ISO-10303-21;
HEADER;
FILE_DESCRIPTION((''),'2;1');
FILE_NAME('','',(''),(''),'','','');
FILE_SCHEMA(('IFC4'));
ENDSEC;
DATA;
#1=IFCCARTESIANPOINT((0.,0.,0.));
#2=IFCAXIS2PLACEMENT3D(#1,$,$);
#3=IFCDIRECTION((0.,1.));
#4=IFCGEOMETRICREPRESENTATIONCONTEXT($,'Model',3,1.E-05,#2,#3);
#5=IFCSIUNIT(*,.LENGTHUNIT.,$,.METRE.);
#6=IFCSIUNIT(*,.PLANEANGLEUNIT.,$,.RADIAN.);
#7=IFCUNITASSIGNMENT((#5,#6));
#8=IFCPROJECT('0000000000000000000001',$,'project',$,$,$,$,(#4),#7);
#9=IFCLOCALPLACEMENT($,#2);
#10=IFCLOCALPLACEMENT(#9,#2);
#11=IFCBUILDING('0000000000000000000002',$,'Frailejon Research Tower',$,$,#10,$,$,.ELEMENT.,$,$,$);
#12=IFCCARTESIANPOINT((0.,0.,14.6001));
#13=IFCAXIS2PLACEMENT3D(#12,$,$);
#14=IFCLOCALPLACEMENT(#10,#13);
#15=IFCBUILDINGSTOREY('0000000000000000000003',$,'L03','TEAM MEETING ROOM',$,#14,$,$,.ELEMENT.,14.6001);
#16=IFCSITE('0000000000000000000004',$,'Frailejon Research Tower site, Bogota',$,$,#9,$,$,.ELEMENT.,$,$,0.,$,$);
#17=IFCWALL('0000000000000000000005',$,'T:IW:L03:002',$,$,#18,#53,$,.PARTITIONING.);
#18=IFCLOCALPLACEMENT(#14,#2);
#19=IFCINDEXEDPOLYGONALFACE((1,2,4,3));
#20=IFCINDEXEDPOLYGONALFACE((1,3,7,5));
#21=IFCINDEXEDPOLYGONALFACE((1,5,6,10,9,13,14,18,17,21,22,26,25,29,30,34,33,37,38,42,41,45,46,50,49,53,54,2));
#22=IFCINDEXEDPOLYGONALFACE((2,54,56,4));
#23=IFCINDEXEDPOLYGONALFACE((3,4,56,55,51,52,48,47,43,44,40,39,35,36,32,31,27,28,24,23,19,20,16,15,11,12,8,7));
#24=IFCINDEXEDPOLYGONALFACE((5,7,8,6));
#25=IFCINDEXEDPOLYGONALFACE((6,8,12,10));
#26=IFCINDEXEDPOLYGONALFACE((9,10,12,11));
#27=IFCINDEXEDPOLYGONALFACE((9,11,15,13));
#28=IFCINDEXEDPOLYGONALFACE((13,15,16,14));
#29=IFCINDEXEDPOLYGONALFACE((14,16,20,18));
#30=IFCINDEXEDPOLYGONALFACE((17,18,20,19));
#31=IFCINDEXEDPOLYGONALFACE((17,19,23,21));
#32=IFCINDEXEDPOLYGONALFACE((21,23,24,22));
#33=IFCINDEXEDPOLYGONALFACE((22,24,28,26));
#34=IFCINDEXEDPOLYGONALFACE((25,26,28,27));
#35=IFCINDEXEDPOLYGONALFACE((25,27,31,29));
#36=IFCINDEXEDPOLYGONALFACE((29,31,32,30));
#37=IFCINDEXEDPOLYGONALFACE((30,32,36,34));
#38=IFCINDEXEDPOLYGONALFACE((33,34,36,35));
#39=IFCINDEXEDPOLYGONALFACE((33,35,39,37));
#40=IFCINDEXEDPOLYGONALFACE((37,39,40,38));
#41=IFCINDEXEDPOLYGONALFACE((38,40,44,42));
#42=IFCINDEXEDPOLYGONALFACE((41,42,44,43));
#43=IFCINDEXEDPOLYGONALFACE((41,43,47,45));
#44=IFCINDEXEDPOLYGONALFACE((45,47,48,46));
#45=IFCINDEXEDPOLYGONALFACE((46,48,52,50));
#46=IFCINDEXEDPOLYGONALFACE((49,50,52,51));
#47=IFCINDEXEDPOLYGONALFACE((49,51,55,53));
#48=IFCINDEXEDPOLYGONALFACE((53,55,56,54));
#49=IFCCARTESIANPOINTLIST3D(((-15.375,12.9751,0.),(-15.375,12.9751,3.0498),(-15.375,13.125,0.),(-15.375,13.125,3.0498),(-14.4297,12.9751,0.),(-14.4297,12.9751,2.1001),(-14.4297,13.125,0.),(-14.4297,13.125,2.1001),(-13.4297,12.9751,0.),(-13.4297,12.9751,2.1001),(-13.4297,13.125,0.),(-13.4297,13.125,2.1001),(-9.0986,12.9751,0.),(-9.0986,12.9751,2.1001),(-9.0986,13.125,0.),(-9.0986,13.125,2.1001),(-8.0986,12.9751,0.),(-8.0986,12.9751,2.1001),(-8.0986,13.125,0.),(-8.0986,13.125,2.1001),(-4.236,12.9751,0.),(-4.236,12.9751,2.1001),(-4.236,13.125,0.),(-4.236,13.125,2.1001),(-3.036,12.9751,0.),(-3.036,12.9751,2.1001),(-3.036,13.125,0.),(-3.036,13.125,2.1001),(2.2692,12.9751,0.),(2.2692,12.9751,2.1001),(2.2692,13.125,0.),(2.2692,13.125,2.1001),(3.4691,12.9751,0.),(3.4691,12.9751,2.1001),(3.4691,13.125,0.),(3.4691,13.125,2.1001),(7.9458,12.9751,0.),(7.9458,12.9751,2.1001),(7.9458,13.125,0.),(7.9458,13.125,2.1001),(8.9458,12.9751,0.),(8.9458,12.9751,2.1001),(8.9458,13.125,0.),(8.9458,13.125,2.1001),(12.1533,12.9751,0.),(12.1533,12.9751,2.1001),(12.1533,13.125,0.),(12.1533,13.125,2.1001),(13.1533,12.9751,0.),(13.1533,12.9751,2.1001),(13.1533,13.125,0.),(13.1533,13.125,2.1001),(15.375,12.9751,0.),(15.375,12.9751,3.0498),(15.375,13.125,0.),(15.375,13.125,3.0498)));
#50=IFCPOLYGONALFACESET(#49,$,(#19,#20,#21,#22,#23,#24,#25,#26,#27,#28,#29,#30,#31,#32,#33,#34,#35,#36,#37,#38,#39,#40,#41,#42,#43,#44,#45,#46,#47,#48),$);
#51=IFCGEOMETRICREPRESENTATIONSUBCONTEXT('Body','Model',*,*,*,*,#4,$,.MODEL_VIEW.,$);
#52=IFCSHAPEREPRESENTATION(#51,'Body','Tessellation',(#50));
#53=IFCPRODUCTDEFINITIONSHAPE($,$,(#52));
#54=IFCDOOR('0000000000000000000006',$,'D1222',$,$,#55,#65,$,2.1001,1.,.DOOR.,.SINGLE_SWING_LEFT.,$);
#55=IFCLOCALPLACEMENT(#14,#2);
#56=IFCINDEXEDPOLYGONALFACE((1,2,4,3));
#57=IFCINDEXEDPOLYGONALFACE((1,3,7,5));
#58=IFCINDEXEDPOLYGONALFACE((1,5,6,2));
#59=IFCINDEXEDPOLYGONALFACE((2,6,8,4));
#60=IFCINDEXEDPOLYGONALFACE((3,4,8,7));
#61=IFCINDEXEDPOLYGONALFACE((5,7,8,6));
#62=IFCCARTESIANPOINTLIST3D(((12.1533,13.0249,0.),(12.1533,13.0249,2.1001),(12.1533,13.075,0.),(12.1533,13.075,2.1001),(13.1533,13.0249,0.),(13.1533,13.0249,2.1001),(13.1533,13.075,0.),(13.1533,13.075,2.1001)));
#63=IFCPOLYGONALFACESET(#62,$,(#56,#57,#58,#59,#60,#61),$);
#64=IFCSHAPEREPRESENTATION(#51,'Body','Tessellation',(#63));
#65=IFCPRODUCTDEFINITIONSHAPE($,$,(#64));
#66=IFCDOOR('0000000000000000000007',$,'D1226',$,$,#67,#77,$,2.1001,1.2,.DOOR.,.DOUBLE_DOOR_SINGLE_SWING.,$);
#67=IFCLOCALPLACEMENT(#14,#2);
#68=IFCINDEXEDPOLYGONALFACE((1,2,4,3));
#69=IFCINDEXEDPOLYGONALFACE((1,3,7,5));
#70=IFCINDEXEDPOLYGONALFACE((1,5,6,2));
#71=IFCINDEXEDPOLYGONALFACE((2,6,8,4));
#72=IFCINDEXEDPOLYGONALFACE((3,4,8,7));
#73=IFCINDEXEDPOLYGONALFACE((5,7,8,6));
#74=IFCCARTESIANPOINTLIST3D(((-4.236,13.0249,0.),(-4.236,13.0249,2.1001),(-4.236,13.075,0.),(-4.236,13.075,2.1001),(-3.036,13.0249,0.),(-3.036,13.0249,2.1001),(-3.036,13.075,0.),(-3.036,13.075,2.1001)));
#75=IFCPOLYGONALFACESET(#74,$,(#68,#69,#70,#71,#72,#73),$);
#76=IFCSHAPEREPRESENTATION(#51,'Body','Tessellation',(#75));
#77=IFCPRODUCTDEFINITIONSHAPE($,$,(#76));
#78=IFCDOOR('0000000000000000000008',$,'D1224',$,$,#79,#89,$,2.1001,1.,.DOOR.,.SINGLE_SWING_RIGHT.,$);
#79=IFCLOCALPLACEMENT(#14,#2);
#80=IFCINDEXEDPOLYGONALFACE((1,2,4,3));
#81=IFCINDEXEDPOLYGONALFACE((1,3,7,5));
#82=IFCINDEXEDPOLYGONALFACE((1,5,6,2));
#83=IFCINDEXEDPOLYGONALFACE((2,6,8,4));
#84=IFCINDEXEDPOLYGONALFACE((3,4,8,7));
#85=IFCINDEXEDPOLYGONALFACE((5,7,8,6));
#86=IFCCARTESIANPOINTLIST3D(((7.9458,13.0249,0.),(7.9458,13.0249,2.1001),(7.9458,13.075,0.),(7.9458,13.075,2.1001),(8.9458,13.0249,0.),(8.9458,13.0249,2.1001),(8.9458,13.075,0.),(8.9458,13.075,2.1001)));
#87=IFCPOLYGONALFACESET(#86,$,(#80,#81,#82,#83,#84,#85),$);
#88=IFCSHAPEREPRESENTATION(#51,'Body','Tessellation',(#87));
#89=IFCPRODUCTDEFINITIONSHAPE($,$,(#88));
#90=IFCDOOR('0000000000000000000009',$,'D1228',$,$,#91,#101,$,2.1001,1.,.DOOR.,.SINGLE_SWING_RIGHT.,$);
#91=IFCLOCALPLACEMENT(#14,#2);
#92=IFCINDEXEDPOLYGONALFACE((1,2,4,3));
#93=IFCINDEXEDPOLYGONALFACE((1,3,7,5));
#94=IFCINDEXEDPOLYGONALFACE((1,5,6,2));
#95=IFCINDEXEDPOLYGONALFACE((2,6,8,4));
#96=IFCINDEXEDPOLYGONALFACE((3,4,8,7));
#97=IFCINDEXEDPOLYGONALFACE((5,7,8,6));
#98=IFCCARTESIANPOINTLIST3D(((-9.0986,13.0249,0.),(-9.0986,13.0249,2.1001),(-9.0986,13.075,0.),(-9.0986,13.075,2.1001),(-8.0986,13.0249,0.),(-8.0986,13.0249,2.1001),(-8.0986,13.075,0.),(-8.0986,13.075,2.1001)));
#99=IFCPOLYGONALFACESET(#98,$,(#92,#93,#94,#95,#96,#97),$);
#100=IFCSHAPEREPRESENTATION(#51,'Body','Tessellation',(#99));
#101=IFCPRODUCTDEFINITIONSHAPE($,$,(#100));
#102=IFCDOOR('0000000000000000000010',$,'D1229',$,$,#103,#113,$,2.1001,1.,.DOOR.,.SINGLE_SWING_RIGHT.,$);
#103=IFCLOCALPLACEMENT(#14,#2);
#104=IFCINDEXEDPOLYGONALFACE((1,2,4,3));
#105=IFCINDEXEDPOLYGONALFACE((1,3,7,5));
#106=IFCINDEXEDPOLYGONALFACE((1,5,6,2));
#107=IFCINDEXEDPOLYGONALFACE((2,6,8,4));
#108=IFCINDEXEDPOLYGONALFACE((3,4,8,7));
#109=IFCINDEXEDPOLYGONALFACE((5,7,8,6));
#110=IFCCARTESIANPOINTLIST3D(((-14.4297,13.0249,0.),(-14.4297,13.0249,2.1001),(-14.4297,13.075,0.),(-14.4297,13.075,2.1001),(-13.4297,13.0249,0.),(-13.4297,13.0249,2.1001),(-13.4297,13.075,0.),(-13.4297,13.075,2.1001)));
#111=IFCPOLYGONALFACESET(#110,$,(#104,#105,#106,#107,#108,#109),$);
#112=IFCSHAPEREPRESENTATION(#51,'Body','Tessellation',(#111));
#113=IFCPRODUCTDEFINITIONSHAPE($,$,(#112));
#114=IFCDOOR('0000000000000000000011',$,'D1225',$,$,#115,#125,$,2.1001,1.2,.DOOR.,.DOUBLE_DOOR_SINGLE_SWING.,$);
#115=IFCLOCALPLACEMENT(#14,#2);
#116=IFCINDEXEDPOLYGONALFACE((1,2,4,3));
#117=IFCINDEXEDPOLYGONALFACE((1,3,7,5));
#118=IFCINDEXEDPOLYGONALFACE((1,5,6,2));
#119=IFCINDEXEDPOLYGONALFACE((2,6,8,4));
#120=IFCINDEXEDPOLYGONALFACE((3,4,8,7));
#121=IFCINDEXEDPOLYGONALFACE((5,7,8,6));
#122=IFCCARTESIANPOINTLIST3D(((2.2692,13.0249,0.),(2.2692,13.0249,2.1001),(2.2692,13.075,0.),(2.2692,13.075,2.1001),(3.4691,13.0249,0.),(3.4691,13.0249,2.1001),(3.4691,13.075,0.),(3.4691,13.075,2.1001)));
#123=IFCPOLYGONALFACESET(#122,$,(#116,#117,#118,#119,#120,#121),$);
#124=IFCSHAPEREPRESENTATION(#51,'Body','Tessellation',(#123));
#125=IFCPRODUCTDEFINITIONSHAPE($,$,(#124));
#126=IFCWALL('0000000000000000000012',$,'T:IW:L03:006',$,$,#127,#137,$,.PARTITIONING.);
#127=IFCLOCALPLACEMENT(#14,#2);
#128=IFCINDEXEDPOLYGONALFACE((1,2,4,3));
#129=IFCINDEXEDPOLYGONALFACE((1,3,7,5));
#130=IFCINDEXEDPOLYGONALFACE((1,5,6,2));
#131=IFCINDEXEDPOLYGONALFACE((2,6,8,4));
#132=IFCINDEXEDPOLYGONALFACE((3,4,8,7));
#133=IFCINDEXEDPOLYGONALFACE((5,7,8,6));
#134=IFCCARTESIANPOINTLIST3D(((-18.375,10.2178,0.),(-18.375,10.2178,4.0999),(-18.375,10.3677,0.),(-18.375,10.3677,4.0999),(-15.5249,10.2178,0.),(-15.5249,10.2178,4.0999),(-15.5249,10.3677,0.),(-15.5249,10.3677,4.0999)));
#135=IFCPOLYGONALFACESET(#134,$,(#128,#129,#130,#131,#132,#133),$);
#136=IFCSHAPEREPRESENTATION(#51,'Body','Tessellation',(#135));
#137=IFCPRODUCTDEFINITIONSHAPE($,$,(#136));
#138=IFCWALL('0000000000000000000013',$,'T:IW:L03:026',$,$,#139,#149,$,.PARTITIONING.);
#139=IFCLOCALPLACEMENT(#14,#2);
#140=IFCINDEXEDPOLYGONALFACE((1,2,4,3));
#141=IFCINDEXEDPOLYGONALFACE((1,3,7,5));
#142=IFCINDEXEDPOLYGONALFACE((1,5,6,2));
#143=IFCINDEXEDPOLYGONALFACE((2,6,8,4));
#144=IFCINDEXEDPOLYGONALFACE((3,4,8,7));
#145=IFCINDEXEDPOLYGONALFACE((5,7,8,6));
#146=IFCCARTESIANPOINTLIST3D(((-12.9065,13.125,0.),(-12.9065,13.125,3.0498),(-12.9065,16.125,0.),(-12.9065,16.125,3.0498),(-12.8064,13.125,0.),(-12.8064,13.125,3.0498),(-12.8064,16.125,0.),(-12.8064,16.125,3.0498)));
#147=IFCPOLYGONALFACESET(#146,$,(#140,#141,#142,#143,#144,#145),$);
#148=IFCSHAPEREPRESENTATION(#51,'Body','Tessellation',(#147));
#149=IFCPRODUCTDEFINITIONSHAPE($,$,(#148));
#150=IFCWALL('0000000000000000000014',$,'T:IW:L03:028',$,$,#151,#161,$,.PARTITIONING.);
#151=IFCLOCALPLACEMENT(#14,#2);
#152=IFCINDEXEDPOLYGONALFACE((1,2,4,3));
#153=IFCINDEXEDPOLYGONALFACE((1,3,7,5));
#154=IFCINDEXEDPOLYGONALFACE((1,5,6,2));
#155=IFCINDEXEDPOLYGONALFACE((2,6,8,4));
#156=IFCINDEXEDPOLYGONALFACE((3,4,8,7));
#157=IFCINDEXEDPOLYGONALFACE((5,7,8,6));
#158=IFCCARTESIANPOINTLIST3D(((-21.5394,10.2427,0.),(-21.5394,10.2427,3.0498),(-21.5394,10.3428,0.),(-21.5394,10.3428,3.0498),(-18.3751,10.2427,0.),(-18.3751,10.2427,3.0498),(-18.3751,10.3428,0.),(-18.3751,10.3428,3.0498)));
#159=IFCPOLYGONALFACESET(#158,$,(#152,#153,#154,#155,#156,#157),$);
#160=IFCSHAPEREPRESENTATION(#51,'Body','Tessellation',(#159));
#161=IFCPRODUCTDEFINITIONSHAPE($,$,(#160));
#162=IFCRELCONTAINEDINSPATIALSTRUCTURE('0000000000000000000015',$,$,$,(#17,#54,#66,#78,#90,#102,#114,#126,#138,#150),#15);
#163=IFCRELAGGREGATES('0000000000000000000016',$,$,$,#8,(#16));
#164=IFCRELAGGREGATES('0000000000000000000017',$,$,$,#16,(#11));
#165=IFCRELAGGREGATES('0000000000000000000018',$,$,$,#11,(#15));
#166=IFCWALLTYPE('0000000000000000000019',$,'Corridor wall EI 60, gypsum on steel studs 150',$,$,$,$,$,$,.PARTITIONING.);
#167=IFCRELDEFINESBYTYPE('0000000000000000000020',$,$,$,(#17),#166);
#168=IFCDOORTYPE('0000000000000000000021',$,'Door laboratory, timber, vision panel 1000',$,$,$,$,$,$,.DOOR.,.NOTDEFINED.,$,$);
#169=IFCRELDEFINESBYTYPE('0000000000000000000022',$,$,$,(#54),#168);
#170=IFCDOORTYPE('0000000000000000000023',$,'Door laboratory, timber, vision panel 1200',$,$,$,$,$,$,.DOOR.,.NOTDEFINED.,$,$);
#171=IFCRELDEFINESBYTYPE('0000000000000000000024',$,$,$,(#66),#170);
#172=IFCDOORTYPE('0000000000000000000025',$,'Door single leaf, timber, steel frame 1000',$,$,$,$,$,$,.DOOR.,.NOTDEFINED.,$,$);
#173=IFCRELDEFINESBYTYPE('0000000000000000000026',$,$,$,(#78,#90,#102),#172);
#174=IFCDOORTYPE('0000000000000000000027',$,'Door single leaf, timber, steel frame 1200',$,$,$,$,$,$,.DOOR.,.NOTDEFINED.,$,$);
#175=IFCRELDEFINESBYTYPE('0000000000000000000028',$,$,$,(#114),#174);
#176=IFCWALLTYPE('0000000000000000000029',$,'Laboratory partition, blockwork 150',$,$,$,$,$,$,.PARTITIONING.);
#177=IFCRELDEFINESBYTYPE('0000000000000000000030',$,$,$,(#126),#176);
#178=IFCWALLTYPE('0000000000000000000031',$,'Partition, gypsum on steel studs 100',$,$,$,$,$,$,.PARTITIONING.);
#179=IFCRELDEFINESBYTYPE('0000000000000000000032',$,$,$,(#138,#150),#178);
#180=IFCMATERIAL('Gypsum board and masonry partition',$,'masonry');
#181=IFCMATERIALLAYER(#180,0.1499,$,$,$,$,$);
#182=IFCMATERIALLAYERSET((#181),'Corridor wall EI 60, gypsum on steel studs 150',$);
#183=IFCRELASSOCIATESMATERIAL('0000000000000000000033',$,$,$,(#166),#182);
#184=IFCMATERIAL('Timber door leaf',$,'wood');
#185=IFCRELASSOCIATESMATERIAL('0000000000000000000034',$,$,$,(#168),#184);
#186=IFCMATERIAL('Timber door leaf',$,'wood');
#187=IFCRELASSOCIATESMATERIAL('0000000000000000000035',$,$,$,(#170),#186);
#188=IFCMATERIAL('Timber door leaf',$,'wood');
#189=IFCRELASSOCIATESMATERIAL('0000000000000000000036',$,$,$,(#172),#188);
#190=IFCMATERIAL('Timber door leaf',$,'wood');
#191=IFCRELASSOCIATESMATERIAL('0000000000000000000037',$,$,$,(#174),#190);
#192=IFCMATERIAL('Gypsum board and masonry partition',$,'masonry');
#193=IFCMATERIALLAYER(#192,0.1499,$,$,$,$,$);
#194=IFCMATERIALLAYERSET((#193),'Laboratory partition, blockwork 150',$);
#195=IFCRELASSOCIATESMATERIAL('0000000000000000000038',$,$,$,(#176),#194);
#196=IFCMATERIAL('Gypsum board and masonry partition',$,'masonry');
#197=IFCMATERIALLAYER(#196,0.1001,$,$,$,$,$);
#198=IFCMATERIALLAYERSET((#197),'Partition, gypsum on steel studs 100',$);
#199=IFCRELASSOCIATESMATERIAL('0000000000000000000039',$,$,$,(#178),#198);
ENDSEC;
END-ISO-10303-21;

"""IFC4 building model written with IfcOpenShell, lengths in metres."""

from ifc_helpers import new_model, si_unit, direction, frame, frame_2d, origin, place, context, subcontext, project, spatial, rectangle, extrude, material, layer, layer_set, type_object, element, fill, save


model = new_model("IFC4")

# Units and contexts
model_context = context("Model", 3, precision=1e-05, world=origin(), true_north=direction((0.0, 1.0)))
body_context = subcontext(model_context, "Body", "Model", "MODEL_VIEW")
ifc_project = project(units=[si_unit("LENGTHUNIT", "METRE"), si_unit("PLANEANGLEUNIT", "RADIAN")], contexts=[model_context])

# Site, building, storey
site_placement = place(None, origin())
site = spatial("IfcSite", under=ifc_project, at=site_placement, Name="Frailejon Research Tower site, Bogota", CompositionType="ELEMENT", RefElevation=0.0)
building_placement = place(site_placement, origin())
building = spatial("IfcBuilding", under=site, at=building_placement, Name="Frailejon Research Tower", CompositionType="ELEMENT")
storey_placement = place(building_placement, frame((0.0, 0.0, 14.6001)))
storey = spatial("IfcBuildingStorey", under=building, at=storey_placement, Name="L03", Description="TEAM MEETING ROOM", CompositionType="ELEMENT", Elevation=14.6001)

# Wall, openings, doors
ifc_material_1 = material(Name="Gypsum board and masonry partition", Category="masonry")
ifc_layer_1 = layer(ifc_material_1, 0.1499)
ifc_layer_set_1 = layer_set([ifc_layer_1], Name="Corridor wall EI 60, gypsum on steel studs 150")
wall_type_1 = type_object("IfcWallType", Name="Corridor wall EI 60, gypsum on steel studs 150", PredefinedType="PARTITIONING", material=ifc_layer_set_1)
wall_1_placement = place(storey_placement, frame((-15.375, 13.05, 0.0), z_axis=(0.0, 0.0, 1.0), x_axis=(1.0, 0.0, 0.0)))
wall_1 = element("IfcWall", 1, at=wall_1_placement, inside=storey, type_object=wall_type_1, Name="T:IW:L03:002", PredefinedType="PARTITIONING", context=body_context, shape_type="SweptSolid", body=[
    extrude(rectangle(XDim=30.75, YDim=0.1499, at=frame_2d((15.375, 0.0))), origin(), (0.0, 0.0, 1.0), 3.0498),
])
opening_1_placement = place(wall_1_placement, frame((27.5283, 0.0, 0.0)))
opening_1 = element("IfcOpeningElement", 2, at=opening_1_placement, cuts=wall_1, PredefinedType="OPENING", context=body_context, shape_type="SweptSolid", body=[
    extrude(rectangle(XDim=1.0, YDim=2.1001, at=frame_2d((0.5, 1.05))), frame((0.0, 0.085, 0.0), z_axis=(0.0, -1.0, 0.0), x_axis=(1.0, 0.0, 0.0)), (0.0, 0.0, 1.0), 0.1699),
])
opening_2_placement = place(wall_1_placement, frame((23.3208, 0.0, 0.0)))
opening_2 = element("IfcOpeningElement", 3, at=opening_2_placement, cuts=wall_1, PredefinedType="OPENING", context=body_context, shape_type="SweptSolid", body=[
    extrude(rectangle(XDim=1.0, YDim=2.1001, at=frame_2d((0.5, 1.05))), frame((0.0, 0.085, 0.0), z_axis=(0.0, -1.0, 0.0), x_axis=(1.0, 0.0, 0.0)), (0.0, 0.0, 1.0), 0.1699),
])
opening_3_placement = place(wall_1_placement, frame((17.644, 0.0, 0.0)))
opening_3 = element("IfcOpeningElement", 4, at=opening_3_placement, cuts=wall_1, PredefinedType="OPENING", context=body_context, shape_type="SweptSolid", body=[
    extrude(rectangle(XDim=1.2, YDim=2.1001, at=frame_2d((0.6001, 1.05))), frame((0.0, 0.085, 0.0), z_axis=(0.0, -1.0, 0.0), x_axis=(1.0, 0.0, 0.0)), (0.0, 0.0, 1.0), 0.1699),
])
opening_4_placement = place(wall_1_placement, frame((11.1389, 0.0, 0.0)))
opening_4 = element("IfcOpeningElement", 5, at=opening_4_placement, cuts=wall_1, PredefinedType="OPENING", context=body_context, shape_type="SweptSolid", body=[
    extrude(rectangle(XDim=1.2, YDim=2.1001, at=frame_2d((0.6001, 1.05))), frame((0.0, 0.085, 0.0), z_axis=(0.0, -1.0, 0.0), x_axis=(1.0, 0.0, 0.0)), (0.0, 0.0, 1.0), 0.1699),
])
opening_5_placement = place(wall_1_placement, frame((6.2764, 0.0, 0.0)))
opening_5 = element("IfcOpeningElement", 6, at=opening_5_placement, cuts=wall_1, PredefinedType="OPENING", context=body_context, shape_type="SweptSolid", body=[
    extrude(rectangle(XDim=1.0, YDim=2.1001, at=frame_2d((0.5, 1.05))), frame((0.0, 0.085, 0.0), z_axis=(0.0, -1.0, 0.0), x_axis=(1.0, 0.0, 0.0)), (0.0, 0.0, 1.0), 0.1699),
])
opening_6_placement = place(wall_1_placement, frame((0.9453, 0.0, 0.0)))
opening_6 = element("IfcOpeningElement", 7, at=opening_6_placement, cuts=wall_1, PredefinedType="OPENING", context=body_context, shape_type="SweptSolid", body=[
    extrude(rectangle(XDim=1.0, YDim=2.1001, at=frame_2d((0.5, 1.05))), frame((0.0, 0.085, 0.0), z_axis=(0.0, -1.0, 0.0), x_axis=(1.0, 0.0, 0.0)), (0.0, 0.0, 1.0), 0.1699),
])
ifc_material_2 = material(Name="Timber door leaf", Category="wood")
door_type_1 = type_object("IfcDoorType", Name="Door laboratory, timber, vision panel 1000", OperationType="NOTDEFINED", PredefinedType="DOOR", material=ifc_material_2)
door_1_placement = place(opening_1_placement, origin())
door_1 = element("IfcDoor", 8, at=door_1_placement, inside=storey, type_object=door_type_1, Name="D1222", OperationType="SINGLE_SWING_LEFT", OverallHeight=2.1001, OverallWidth=1.0, PredefinedType="DOOR", context=body_context, shape_type="SweptSolid", body=[
    extrude(rectangle(XDim=1.0, YDim=2.1001, at=frame_2d((0.5, 1.05))), frame((0.0, 0.0249, 0.0), z_axis=(0.0, -1.0, 0.0), x_axis=(1.0, 0.0, 0.0)), (0.0, 0.0, 1.0), 0.05),
])
fill(opening_1, door_1)
ifc_material_3 = material(Name="Timber door leaf", Category="wood")
door_type_2 = type_object("IfcDoorType", Name="Door laboratory, timber, vision panel 1200", OperationType="NOTDEFINED", PredefinedType="DOOR", material=ifc_material_3)
door_2_placement = place(opening_4_placement, origin())
door_2 = element("IfcDoor", 9, at=door_2_placement, inside=storey, type_object=door_type_2, Name="D1226", OperationType="DOUBLE_DOOR_SINGLE_SWING", OverallHeight=2.1001, OverallWidth=1.2, PredefinedType="DOOR", context=body_context, shape_type="SweptSolid", body=[
    extrude(rectangle(XDim=1.2, YDim=2.1001, at=frame_2d((0.6001, 1.05))), frame((0.0, 0.0249, 0.0), z_axis=(0.0, -1.0, 0.0), x_axis=(1.0, 0.0, 0.0)), (0.0, 0.0, 1.0), 0.05),
])
fill(opening_4, door_2)
ifc_material_4 = material(Name="Timber door leaf", Category="wood")
door_type_3 = type_object("IfcDoorType", Name="Door single leaf, timber, steel frame 1000", OperationType="NOTDEFINED", PredefinedType="DOOR", material=ifc_material_4)
door_3_placement = place(opening_2_placement, origin())
door_3 = element("IfcDoor", 10, at=door_3_placement, inside=storey, type_object=door_type_3, Name="D1224", OperationType="SINGLE_SWING_RIGHT", OverallHeight=2.1001, OverallWidth=1.0, PredefinedType="DOOR", context=body_context, shape_type="SweptSolid", body=[
    extrude(rectangle(XDim=1.0, YDim=2.1001, at=frame_2d((0.5, 1.05))), frame((0.0, 0.0249, 0.0), z_axis=(0.0, -1.0, 0.0), x_axis=(1.0, 0.0, 0.0)), (0.0, 0.0, 1.0), 0.05),
])
fill(opening_2, door_3)
door_4_placement = place(opening_5_placement, origin())
door_4 = element("IfcDoor", 11, at=door_4_placement, inside=storey, type_object=door_type_3, Name="D1228", OperationType="SINGLE_SWING_RIGHT", OverallHeight=2.1001, OverallWidth=1.0, PredefinedType="DOOR", context=body_context, shape_type="SweptSolid", body=[
    extrude(rectangle(XDim=1.0, YDim=2.1001, at=frame_2d((0.5, 1.05))), frame((0.0, 0.0249, 0.0), z_axis=(0.0, -1.0, 0.0), x_axis=(1.0, 0.0, 0.0)), (0.0, 0.0, 1.0), 0.05),
])
fill(opening_5, door_4)
door_5_placement = place(opening_6_placement, origin())
door_5 = element("IfcDoor", 12, at=door_5_placement, inside=storey, type_object=door_type_3, Name="D1229", OperationType="SINGLE_SWING_RIGHT", OverallHeight=2.1001, OverallWidth=1.0, PredefinedType="DOOR", context=body_context, shape_type="SweptSolid", body=[
    extrude(rectangle(XDim=1.0, YDim=2.1001, at=frame_2d((0.5, 1.05))), frame((0.0, 0.0249, 0.0), z_axis=(0.0, -1.0, 0.0), x_axis=(1.0, 0.0, 0.0)), (0.0, 0.0, 1.0), 0.05),
])
fill(opening_6, door_5)
ifc_material_5 = material(Name="Timber door leaf", Category="wood")
door_type_4 = type_object("IfcDoorType", Name="Door single leaf, timber, steel frame 1200", OperationType="NOTDEFINED", PredefinedType="DOOR", material=ifc_material_5)
door_6_placement = place(opening_3_placement, origin())
door_6 = element("IfcDoor", 13, at=door_6_placement, inside=storey, type_object=door_type_4, Name="D1225", OperationType="DOUBLE_DOOR_SINGLE_SWING", OverallHeight=2.1001, OverallWidth=1.2, PredefinedType="DOOR", context=body_context, shape_type="SweptSolid", body=[
    extrude(rectangle(XDim=1.2, YDim=2.1001, at=frame_2d((0.6001, 1.05))), frame((0.0, 0.0249, 0.0), z_axis=(0.0, -1.0, 0.0), x_axis=(1.0, 0.0, 0.0)), (0.0, 0.0, 1.0), 0.05),
])
fill(opening_3, door_6)

# Walls
ifc_material_6 = material(Name="Gypsum board and masonry partition", Category="masonry")
ifc_layer_2 = layer(ifc_material_6, 0.1499)
ifc_layer_set_2 = layer_set([ifc_layer_2], Name="Laboratory partition, blockwork 150")
wall_type_2 = type_object("IfcWallType", Name="Laboratory partition, blockwork 150", PredefinedType="PARTITIONING", material=ifc_layer_set_2)
wall_2_placement = place(storey_placement, frame((-18.375, 10.2927, 0.0), z_axis=(0.0, 0.0, 1.0), x_axis=(1.0, 0.0, 0.0)))
element("IfcWall", 14, at=wall_2_placement, inside=storey, type_object=wall_type_2, Name="T:IW:L03:006", PredefinedType="PARTITIONING", context=body_context, shape_type="SweptSolid", body=[
    extrude(rectangle(XDim=2.8501, YDim=0.1499, at=frame_2d((1.425, 0.0))), origin(), (0.0, 0.0, 1.0), 4.0999),
])
ifc_material_7 = material(Name="Gypsum board and masonry partition", Category="masonry")
ifc_layer_3 = layer(ifc_material_7, 0.1001)
ifc_layer_set_3 = layer_set([ifc_layer_3], Name="Partition, gypsum on steel studs 100")
wall_type_3 = type_object("IfcWallType", Name="Partition, gypsum on steel studs 100", PredefinedType="PARTITIONING", material=ifc_layer_set_3)
wall_3_placement = place(storey_placement, frame((-12.8564, 13.125, 0.0), z_axis=(0.0, 0.0, 1.0), x_axis=(0.0, 1.0, 0.0)))
element("IfcWall", 15, at=wall_3_placement, inside=storey, type_object=wall_type_3, Name="T:IW:L03:026", PredefinedType="PARTITIONING", context=body_context, shape_type="SweptSolid", body=[
    extrude(rectangle(XDim=3.0, YDim=0.1001, at=frame_2d((1.5, 0.0))), origin(), (0.0, 0.0, 1.0), 3.0498),
])
wall_4_placement = place(storey_placement, frame((-21.5393, 10.2927, 0.0), z_axis=(0.0, 0.0, 1.0), x_axis=(1.0, 0.0, 0.0)))
element("IfcWall", 16, at=wall_4_placement, inside=storey, type_object=wall_type_3, Name="T:IW:L03:028", PredefinedType="PARTITIONING", context=body_context, shape_type="SweptSolid", body=[
    extrude(rectangle(XDim=3.1643, YDim=0.1001, at=frame_2d((1.582, 0.0))), origin(), (0.0, 0.0, 1.0), 3.0498),
])

save(model, "model.ifc")
